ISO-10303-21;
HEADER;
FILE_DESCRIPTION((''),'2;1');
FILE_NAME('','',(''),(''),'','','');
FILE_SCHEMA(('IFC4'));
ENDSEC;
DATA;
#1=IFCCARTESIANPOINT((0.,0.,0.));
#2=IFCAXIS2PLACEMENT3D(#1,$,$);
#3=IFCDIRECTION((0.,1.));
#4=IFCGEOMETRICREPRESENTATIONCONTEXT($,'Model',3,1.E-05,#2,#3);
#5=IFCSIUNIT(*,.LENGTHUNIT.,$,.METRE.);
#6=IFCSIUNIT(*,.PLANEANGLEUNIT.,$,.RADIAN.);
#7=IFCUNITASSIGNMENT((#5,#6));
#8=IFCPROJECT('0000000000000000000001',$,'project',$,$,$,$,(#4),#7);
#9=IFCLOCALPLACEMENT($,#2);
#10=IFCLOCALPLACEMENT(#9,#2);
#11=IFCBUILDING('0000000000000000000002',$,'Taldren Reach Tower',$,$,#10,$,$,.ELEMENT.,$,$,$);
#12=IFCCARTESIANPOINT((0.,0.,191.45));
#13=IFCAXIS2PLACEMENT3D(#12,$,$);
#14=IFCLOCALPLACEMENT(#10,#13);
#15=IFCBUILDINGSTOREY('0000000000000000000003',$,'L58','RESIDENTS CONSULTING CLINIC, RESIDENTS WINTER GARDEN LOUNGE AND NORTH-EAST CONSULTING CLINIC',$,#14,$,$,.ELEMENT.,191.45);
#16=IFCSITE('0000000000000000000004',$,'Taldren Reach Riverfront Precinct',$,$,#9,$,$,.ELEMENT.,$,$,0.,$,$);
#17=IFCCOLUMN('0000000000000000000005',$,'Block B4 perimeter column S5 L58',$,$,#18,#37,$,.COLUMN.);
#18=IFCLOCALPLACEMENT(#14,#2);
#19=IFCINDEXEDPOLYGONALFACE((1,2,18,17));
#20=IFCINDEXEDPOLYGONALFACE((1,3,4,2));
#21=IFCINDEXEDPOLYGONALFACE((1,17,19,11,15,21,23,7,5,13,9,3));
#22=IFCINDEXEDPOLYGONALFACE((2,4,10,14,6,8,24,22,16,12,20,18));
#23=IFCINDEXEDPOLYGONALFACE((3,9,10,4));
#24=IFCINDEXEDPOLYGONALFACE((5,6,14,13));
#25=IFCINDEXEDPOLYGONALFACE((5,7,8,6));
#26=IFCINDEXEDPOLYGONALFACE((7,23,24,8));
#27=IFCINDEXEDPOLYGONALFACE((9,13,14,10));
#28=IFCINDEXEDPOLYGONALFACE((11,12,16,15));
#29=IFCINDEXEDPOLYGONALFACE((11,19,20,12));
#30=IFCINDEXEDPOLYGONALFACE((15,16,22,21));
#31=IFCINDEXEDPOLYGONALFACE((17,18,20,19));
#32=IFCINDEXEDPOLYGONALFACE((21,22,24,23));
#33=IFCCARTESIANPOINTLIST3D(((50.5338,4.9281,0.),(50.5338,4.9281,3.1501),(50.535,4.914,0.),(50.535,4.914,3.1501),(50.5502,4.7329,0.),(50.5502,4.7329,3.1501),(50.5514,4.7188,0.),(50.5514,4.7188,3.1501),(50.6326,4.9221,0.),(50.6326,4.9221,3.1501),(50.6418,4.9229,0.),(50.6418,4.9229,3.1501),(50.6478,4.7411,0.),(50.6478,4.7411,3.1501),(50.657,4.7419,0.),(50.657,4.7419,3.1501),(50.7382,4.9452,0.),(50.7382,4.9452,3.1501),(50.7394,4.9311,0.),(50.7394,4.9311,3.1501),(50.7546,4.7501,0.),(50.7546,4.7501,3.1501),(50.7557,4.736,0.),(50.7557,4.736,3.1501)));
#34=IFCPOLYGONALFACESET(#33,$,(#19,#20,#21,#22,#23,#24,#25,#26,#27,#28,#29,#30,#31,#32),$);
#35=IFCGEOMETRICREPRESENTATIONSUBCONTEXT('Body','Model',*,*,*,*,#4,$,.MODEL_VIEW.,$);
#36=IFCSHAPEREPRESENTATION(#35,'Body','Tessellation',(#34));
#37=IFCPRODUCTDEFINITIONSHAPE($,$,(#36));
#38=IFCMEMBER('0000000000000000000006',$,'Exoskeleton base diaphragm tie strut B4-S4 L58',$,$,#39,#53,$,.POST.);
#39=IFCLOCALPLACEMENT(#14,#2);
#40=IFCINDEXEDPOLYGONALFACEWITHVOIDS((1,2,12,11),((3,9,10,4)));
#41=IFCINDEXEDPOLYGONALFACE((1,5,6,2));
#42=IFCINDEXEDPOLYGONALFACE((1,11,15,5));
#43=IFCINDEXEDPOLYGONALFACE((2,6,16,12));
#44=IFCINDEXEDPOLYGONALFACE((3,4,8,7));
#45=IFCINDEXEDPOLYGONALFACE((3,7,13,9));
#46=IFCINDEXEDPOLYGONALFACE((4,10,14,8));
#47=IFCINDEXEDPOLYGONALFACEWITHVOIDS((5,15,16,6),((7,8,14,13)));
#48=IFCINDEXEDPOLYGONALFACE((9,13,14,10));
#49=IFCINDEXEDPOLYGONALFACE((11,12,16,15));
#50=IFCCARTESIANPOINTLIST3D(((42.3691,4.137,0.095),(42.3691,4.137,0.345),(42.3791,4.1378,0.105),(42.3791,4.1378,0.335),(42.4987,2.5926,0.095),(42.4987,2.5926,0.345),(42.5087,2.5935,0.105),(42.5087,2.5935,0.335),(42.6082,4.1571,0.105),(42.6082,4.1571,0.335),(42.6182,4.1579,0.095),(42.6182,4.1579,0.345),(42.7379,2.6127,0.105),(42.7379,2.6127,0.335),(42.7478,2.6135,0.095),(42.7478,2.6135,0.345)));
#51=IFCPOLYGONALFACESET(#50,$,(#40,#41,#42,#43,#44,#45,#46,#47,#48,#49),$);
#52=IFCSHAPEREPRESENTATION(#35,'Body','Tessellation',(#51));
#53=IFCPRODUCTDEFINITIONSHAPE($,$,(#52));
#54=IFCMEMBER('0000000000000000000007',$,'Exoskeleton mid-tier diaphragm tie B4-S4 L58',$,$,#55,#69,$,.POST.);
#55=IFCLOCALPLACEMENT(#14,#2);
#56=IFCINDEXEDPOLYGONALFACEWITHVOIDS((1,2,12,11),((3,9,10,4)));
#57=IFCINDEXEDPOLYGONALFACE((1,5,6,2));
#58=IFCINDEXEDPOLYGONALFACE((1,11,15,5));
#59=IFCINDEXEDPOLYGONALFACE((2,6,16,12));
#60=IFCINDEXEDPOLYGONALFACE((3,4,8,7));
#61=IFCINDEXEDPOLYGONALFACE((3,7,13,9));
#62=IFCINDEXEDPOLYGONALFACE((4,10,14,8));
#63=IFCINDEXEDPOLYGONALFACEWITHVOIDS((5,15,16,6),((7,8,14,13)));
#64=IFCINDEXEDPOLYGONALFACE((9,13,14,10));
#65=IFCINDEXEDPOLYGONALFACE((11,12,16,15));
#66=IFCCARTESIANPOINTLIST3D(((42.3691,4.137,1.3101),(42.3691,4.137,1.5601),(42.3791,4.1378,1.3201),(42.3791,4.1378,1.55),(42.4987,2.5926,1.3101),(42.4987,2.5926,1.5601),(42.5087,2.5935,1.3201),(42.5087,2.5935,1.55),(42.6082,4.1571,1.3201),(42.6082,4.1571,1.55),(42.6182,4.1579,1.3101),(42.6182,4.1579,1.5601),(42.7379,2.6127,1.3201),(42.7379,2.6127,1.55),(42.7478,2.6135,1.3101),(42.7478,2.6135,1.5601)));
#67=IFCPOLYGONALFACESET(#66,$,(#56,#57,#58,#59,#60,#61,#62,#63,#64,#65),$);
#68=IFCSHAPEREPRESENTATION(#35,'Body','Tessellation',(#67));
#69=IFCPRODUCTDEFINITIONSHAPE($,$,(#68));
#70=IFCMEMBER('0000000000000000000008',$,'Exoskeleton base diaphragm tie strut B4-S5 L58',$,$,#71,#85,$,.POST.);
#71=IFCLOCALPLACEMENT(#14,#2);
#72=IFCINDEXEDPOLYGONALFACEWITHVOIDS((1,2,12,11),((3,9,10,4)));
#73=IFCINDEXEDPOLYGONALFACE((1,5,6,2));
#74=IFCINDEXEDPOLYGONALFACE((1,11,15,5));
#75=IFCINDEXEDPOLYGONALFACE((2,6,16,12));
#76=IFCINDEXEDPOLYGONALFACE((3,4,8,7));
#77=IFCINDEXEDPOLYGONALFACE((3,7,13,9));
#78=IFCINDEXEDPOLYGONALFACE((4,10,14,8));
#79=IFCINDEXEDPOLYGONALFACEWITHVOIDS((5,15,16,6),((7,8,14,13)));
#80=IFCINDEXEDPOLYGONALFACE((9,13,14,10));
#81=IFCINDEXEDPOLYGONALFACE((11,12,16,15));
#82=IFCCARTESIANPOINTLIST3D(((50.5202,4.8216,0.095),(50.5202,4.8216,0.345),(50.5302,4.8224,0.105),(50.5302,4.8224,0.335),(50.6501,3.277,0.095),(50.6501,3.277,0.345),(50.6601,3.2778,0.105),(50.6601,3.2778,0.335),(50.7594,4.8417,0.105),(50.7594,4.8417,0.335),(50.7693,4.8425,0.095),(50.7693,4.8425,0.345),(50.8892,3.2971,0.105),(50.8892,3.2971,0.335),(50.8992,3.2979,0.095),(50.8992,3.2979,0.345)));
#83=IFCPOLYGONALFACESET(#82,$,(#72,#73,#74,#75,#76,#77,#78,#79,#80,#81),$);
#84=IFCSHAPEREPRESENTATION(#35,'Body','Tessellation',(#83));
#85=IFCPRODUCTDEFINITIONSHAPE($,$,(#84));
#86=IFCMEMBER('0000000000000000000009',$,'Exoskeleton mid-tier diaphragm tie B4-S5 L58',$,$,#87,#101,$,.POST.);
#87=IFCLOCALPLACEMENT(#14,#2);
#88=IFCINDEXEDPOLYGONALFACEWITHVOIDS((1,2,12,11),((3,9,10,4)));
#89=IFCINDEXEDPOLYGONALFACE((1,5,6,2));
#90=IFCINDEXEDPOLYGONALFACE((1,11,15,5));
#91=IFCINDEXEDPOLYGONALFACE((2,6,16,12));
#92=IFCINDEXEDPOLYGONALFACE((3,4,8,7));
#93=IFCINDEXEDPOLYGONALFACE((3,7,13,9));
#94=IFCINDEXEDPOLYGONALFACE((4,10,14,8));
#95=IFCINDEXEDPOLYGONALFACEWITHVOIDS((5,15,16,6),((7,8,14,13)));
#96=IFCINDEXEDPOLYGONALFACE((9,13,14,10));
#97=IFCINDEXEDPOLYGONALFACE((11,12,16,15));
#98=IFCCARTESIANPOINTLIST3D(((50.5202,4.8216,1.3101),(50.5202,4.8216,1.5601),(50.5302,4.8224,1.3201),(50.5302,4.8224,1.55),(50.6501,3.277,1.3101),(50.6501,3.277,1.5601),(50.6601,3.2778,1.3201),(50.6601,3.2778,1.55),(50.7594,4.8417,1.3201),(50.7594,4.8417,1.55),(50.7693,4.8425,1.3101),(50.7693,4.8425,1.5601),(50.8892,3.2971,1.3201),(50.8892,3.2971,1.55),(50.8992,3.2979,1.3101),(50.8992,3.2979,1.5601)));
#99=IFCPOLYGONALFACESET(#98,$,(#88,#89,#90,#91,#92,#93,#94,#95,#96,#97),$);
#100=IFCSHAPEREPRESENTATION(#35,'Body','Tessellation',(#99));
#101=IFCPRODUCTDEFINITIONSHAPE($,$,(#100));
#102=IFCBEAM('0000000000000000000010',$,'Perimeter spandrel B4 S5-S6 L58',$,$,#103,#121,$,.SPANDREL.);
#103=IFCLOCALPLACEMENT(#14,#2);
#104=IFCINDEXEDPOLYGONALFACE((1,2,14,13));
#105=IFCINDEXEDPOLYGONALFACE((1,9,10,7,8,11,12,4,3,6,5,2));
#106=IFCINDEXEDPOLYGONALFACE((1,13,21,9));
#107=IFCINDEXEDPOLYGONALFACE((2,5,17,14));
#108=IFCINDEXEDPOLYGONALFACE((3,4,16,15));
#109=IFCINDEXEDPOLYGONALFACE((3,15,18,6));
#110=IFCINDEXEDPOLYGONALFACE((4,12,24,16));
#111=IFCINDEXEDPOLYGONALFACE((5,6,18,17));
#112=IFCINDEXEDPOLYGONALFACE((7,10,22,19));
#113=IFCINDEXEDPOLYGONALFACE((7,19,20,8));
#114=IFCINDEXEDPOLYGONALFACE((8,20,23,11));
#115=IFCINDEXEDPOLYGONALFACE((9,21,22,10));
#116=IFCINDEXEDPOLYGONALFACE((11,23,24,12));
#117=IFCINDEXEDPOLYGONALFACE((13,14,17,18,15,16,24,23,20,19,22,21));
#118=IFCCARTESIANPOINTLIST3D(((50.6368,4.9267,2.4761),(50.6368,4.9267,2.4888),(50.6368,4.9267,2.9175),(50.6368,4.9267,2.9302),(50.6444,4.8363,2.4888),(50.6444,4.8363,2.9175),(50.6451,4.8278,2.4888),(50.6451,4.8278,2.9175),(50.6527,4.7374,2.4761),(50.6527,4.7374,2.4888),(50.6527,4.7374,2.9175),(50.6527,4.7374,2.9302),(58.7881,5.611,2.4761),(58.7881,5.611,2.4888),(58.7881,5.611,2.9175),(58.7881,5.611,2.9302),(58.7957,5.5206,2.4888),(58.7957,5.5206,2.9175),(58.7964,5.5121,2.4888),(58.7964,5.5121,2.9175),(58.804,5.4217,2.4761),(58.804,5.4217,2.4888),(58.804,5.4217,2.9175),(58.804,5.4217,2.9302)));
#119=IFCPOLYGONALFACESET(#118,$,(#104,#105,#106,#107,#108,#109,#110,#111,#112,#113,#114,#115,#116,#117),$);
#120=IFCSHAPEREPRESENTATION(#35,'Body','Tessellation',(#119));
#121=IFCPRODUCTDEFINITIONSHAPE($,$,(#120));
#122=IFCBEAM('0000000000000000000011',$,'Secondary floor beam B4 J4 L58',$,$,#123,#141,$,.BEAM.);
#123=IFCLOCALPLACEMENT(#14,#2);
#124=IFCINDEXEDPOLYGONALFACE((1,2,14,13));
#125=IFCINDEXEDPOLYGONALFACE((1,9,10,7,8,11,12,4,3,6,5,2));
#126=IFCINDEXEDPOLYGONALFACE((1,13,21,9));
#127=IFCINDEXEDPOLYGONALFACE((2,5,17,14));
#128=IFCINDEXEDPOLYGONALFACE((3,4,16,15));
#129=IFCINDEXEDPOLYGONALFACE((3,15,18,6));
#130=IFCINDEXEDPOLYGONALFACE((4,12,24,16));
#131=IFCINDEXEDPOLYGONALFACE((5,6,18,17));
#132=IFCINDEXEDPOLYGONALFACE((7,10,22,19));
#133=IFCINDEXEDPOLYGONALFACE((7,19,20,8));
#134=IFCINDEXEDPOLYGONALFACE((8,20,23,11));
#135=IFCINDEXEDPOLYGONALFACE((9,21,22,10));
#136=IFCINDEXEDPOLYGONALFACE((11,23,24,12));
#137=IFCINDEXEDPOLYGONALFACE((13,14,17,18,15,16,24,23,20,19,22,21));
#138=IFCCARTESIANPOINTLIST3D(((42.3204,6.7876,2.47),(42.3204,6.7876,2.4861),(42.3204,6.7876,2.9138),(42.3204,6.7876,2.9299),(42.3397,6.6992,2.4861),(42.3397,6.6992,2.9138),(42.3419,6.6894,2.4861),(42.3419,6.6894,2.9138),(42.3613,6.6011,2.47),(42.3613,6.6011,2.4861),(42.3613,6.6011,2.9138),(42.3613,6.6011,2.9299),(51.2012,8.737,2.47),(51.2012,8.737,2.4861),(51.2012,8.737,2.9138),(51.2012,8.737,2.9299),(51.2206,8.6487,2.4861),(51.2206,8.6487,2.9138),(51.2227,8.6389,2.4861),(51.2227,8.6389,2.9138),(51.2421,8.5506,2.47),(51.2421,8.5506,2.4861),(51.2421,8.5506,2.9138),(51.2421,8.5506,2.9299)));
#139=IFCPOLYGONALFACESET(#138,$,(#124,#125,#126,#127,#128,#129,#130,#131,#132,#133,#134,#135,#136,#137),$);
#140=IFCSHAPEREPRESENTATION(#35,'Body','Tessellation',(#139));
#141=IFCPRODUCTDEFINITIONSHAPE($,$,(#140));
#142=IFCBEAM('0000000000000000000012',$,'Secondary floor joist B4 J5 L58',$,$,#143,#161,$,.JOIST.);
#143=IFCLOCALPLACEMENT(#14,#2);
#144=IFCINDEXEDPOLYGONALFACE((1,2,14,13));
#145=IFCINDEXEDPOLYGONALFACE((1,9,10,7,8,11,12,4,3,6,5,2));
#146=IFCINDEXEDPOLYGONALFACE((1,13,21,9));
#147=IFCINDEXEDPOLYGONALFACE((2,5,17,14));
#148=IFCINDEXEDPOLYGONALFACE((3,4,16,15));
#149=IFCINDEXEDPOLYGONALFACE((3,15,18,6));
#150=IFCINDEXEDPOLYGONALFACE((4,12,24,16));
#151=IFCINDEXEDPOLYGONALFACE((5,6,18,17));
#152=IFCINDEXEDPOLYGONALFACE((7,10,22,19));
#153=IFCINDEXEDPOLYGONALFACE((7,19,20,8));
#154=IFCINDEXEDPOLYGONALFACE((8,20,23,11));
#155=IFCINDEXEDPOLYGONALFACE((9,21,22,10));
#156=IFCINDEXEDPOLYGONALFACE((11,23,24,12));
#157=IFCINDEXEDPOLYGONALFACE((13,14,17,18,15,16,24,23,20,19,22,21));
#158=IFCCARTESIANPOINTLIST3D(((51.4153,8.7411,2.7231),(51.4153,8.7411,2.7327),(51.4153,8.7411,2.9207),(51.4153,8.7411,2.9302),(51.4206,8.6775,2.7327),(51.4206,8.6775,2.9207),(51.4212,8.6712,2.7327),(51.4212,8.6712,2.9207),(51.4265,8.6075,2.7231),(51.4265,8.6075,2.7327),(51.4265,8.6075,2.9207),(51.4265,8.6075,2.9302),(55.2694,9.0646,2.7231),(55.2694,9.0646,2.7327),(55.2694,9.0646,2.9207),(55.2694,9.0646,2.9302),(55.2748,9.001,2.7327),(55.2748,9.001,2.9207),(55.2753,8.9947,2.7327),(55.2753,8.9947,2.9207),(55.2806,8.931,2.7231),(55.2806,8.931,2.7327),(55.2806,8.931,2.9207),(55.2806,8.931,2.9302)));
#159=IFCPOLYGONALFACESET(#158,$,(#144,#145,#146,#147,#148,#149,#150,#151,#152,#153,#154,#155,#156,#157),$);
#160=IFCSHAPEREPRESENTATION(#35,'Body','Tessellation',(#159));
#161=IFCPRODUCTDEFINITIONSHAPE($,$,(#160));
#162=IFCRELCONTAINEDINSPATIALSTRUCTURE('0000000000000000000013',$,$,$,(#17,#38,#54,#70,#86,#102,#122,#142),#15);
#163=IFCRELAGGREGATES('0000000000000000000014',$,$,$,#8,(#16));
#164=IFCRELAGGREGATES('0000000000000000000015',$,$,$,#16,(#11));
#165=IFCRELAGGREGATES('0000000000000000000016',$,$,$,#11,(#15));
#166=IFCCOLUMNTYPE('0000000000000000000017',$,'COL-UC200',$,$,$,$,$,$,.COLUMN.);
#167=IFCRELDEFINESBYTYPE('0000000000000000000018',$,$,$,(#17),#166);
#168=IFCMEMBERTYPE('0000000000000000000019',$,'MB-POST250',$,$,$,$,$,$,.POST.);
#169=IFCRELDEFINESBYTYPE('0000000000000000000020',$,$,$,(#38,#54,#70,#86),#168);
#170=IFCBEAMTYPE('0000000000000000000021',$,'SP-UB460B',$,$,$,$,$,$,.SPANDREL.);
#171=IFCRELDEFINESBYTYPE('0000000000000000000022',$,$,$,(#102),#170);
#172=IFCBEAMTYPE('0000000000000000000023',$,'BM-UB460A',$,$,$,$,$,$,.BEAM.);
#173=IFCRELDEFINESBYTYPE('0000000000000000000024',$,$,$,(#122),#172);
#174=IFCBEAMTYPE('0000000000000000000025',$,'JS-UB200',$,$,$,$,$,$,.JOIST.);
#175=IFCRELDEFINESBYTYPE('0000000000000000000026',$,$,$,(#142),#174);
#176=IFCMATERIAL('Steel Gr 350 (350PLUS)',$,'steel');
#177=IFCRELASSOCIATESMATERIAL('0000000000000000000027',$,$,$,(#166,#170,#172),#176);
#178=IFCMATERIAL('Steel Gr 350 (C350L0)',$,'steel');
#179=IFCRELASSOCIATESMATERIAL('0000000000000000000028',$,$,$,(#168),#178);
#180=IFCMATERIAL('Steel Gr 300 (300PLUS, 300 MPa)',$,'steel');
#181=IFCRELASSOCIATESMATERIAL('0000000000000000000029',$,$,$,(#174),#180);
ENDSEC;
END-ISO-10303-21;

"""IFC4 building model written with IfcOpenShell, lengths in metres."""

from ifc_helpers import new_model, si_unit, direction, frame, origin, origin_2d, place, context, subcontext, project, spatial, hollow_rectangle, i_section, extrude, source, transform, mapped, material, material_profile, profile_set, type_object, element, save


model = new_model("IFC4")

# Units and contexts
model_context = context("Model", 3, precision=1e-05, world=origin(), true_north=direction((0.0, 1.0)))
body_context = subcontext(model_context, "Body", "Model", "MODEL_VIEW")
ifc_project = project(units=[si_unit("LENGTHUNIT", "METRE"), si_unit("PLANEANGLEUNIT", "RADIAN")], contexts=[model_context])

# Site, building, storey
site_placement = place(None, origin())
site = spatial("IfcSite", under=ifc_project, at=site_placement, Name="Taldren Reach Riverfront Precinct", CompositionType="ELEMENT", RefElevation=0.0)
building_placement = place(site_placement, origin())
building = spatial("IfcBuilding", under=site, at=building_placement, Name="Taldren Reach Tower", CompositionType="ELEMENT")
storey_placement = place(building_placement, frame((0.0, 0.0, 191.45)))
storey = spatial("IfcBuildingStorey", under=building, at=storey_placement, Name="L58", Description="RESIDENTS CONSULTING CLINIC, RESIDENTS WINTER GARDEN LOUNGE AND NORTH-EAST CONSULTING CLINIC", CompositionType="ELEMENT", Elevation=191.45)

# Column
ifc_material_1 = material(Name="Steel Gr 350 (350PLUS)", Category="steel")
ifc_material_profile_1 = material_profile(ifc_material_1, i_section(OverallWidth=0.2051, OverallDepth=0.21, WebThickness=0.0093, FlangeThickness=0.0142, at=origin_2d()), Name="200UC59.5")
ifc_profile_set_1 = profile_set([ifc_material_profile_1], Name="Steel Gr 350 (350PLUS)")
column_type = type_object("IfcColumnType", Name="COL-UC200", PredefinedType="COLUMN", material=ifc_profile_set_1)
shared_shape_1 = source(origin(), body_context, "Body", "SweptSolid", [
    extrude(i_section(OverallWidth=0.2051, OverallDepth=0.21, WebThickness=0.0093, FlangeThickness=0.0142, at=origin_2d()), origin(), (0.0, 0.0, 1.0), 3.1501),
])
column_placement = place(storey_placement, frame((50.6448, 4.832, 0.0), z_axis=(0.0, 0.0, 1.0), x_axis=(0.996493, 0.083678, 0.0)))
element("IfcColumn", 1, at=column_placement, inside=storey, type_object=column_type, Name="Block B4 perimeter column S5 L58", PredefinedType="COLUMN", context=body_context, shape_type="MappedRepresentation", body=[
    mapped(shared_shape_1, transform((0.0, 0.0, 0.0), scale=1.0)),
])

# Members
ifc_material_2 = material(Name="Steel Gr 350 (C350L0)", Category="steel")
ifc_material_profile_2 = material_profile(ifc_material_2, hollow_rectangle(XDim=0.25, YDim=0.25, WallThickness=0.01, at=origin_2d()), Name="250x250x10.0SHS")
ifc_profile_set_2 = profile_set([ifc_material_profile_2], Name="Steel Gr 350 (C350L0)")
member_type_1 = type_object("IfcMemberType", Name="MB-POST250", PredefinedType="POST", material=ifc_profile_set_2)
shared_shape_2 = source(origin(), body_context, "Body", "SweptSolid", [
    extrude(hollow_rectangle(XDim=0.25, YDim=0.25, WallThickness=0.01, at=origin_2d()), origin(), (0.0, 0.0, 1.0), 1.5498),
])
for number, where, z_axis, x_axis, name in (
    (2, (42.4937, 4.1475, 0.22), (0.083645, -0.996496, 0.0), (0.996496, 0.083645, 0.0), "Exoskeleton base diaphragm tie strut B4-S4 L58"),
    (3, (42.4937, 4.1475, 1.4351), (0.083645, -0.996496, 0.0), (0.996496, 0.083645, 0.0), "Exoskeleton mid-tier diaphragm tie B4-S4 L58"),
):
    element("IfcMember", number, at=place(storey_placement, frame(where, z_axis=z_axis, x_axis=x_axis)), inside=storey, type_object=member_type_1, Name=name, PredefinedType="POST", context=body_context, shape_type="MappedRepresentation", body=[
        mapped(shared_shape_2, transform((0.0, 0.0, 0.0), scale=1.0)),
    ])
shared_shape_3 = source(origin(), body_context, "Body", "SweptSolid", [
    extrude(hollow_rectangle(XDim=0.25, YDim=0.25, WallThickness=0.01, at=origin_2d()), origin(), (0.0, 0.0, 1.0), 1.55),
])
for number, where, z_axis, x_axis, name in (
    (4, (50.6448, 4.832, 0.22), (0.083788, -0.996484, 0.0), (0.996484, 0.083788, 0.0), "Exoskeleton base diaphragm tie strut B4-S5 L58"),
    (5, (50.6448, 4.832, 1.4351), (0.083788, -0.996484, 0.0), (0.996484, 0.083788, 0.0), "Exoskeleton mid-tier diaphragm tie B4-S5 L58"),
):
    element("IfcMember", number, at=place(storey_placement, frame(where, z_axis=z_axis, x_axis=x_axis)), inside=storey, type_object=member_type_1, Name=name, PredefinedType="POST", context=body_context, shape_type="MappedRepresentation", body=[
        mapped(shared_shape_3, transform((0.0, 0.0, 0.0), scale=1.0)),
    ])

# Beams
ifc_material_profile_3 = material_profile(ifc_material_1, i_section(OverallWidth=0.1899, OverallDepth=0.4541, WebThickness=0.0085, FlangeThickness=0.0127, at=origin_2d()), Name="460UB67.1")
ifc_profile_set_3 = profile_set([ifc_material_profile_3], Name="Steel Gr 350 (350PLUS)")
beam_type_1 = type_object("IfcBeamType", Name="SP-UB460B", PredefinedType="SPANDREL", material=ifc_profile_set_3)
shared_shape_4 = source(origin(), body_context, "Body", "SweptSolid", [
    extrude(i_section(OverallWidth=0.1899, OverallDepth=0.4541, WebThickness=0.0085, FlangeThickness=0.0127, at=origin_2d()), origin(), (0.0, 0.0, 1.0), 8.1799),
])
beam_1_placement = place(storey_placement, frame((50.6448, 4.832, 2.7031), z_axis=(0.996495, 0.083658, 0.0), x_axis=(-0.083658, 0.996495, 0.0)))
element("IfcBeam", 6, at=beam_1_placement, inside=storey, type_object=beam_type_1, Name="Perimeter spandrel B4 S5-S6 L58", PredefinedType="SPANDREL", context=body_context, shape_type="MappedRepresentation", body=[
    mapped(shared_shape_4, transform((0.0, 0.0, 0.0), scale=1.0)),
])
ifc_material_profile_4 = material_profile(ifc_material_1, i_section(OverallWidth=0.1909, OverallDepth=0.46, WebThickness=0.01, FlangeThickness=0.0161, at=origin_2d()), Name="460UB82.1")
ifc_profile_set_4 = profile_set([ifc_material_profile_4], Name="Steel Gr 350 (350PLUS)")
beam_type_2 = type_object("IfcBeamType", Name="BM-UB460A", PredefinedType="BEAM", material=ifc_profile_set_4)
shared_shape_5 = source(origin(), body_context, "Body", "SweptSolid", [
    extrude(i_section(OverallWidth=0.1909, OverallDepth=0.46, WebThickness=0.01, FlangeThickness=0.0161, at=origin_2d()), origin(), (0.0, 0.0, 1.0), 9.0923),
])
beam_2_placement = place(storey_placement, frame((42.3408, 6.6943, 2.7), z_axis=(0.976744, 0.214408, 0.0), x_axis=(-0.214408, 0.976744, 0.0)))
element("IfcBeam", 7, at=beam_2_placement, inside=storey, type_object=beam_type_2, Name="Secondary floor beam B4 J4 L58", PredefinedType="BEAM", context=body_context, shape_type="MappedRepresentation", body=[
    mapped(shared_shape_5, transform((0.0, 0.0, 0.0), scale=1.0)),
])
ifc_material_3 = material(Name="Steel Gr 300 (300PLUS, 300 MPa)", Category="steel")
ifc_material_profile_5 = material_profile(ifc_material_3, i_section(OverallWidth=0.134, OverallDepth=0.207, WebThickness=0.0063, FlangeThickness=0.0095, at=origin_2d()), Name="200UB29.8")
ifc_profile_set_5 = profile_set([ifc_material_profile_5], Name="Steel Gr 300 (300PLUS, 300 MPa)")
beam_type_3 = type_object("IfcBeamType", Name="JS-UB200", PredefinedType="JOIST", material=ifc_profile_set_5)
shared_shape_6 = source(origin(), body_context, "Body", "SweptSolid", [
    extrude(i_section(OverallWidth=0.134, OverallDepth=0.207, WebThickness=0.0063, FlangeThickness=0.0095, at=origin_2d()), origin(), (0.0, 0.0, 1.0), 3.8677),
])
beam_3_placement = place(storey_placement, frame((51.4209, 8.6743, 2.8267), z_axis=(0.996496, 0.083641, 0.0), x_axis=(-0.083641, 0.996496, 0.0)))
element("IfcBeam", 8, at=beam_3_placement, inside=storey, type_object=beam_type_3, Name="Secondary floor joist B4 J5 L58", PredefinedType="JOIST", context=body_context, shape_type="MappedRepresentation", body=[
    mapped(shared_shape_6, transform((0.0, 0.0, 0.0), scale=1.0)),
])

save(model, "model.ifc")
